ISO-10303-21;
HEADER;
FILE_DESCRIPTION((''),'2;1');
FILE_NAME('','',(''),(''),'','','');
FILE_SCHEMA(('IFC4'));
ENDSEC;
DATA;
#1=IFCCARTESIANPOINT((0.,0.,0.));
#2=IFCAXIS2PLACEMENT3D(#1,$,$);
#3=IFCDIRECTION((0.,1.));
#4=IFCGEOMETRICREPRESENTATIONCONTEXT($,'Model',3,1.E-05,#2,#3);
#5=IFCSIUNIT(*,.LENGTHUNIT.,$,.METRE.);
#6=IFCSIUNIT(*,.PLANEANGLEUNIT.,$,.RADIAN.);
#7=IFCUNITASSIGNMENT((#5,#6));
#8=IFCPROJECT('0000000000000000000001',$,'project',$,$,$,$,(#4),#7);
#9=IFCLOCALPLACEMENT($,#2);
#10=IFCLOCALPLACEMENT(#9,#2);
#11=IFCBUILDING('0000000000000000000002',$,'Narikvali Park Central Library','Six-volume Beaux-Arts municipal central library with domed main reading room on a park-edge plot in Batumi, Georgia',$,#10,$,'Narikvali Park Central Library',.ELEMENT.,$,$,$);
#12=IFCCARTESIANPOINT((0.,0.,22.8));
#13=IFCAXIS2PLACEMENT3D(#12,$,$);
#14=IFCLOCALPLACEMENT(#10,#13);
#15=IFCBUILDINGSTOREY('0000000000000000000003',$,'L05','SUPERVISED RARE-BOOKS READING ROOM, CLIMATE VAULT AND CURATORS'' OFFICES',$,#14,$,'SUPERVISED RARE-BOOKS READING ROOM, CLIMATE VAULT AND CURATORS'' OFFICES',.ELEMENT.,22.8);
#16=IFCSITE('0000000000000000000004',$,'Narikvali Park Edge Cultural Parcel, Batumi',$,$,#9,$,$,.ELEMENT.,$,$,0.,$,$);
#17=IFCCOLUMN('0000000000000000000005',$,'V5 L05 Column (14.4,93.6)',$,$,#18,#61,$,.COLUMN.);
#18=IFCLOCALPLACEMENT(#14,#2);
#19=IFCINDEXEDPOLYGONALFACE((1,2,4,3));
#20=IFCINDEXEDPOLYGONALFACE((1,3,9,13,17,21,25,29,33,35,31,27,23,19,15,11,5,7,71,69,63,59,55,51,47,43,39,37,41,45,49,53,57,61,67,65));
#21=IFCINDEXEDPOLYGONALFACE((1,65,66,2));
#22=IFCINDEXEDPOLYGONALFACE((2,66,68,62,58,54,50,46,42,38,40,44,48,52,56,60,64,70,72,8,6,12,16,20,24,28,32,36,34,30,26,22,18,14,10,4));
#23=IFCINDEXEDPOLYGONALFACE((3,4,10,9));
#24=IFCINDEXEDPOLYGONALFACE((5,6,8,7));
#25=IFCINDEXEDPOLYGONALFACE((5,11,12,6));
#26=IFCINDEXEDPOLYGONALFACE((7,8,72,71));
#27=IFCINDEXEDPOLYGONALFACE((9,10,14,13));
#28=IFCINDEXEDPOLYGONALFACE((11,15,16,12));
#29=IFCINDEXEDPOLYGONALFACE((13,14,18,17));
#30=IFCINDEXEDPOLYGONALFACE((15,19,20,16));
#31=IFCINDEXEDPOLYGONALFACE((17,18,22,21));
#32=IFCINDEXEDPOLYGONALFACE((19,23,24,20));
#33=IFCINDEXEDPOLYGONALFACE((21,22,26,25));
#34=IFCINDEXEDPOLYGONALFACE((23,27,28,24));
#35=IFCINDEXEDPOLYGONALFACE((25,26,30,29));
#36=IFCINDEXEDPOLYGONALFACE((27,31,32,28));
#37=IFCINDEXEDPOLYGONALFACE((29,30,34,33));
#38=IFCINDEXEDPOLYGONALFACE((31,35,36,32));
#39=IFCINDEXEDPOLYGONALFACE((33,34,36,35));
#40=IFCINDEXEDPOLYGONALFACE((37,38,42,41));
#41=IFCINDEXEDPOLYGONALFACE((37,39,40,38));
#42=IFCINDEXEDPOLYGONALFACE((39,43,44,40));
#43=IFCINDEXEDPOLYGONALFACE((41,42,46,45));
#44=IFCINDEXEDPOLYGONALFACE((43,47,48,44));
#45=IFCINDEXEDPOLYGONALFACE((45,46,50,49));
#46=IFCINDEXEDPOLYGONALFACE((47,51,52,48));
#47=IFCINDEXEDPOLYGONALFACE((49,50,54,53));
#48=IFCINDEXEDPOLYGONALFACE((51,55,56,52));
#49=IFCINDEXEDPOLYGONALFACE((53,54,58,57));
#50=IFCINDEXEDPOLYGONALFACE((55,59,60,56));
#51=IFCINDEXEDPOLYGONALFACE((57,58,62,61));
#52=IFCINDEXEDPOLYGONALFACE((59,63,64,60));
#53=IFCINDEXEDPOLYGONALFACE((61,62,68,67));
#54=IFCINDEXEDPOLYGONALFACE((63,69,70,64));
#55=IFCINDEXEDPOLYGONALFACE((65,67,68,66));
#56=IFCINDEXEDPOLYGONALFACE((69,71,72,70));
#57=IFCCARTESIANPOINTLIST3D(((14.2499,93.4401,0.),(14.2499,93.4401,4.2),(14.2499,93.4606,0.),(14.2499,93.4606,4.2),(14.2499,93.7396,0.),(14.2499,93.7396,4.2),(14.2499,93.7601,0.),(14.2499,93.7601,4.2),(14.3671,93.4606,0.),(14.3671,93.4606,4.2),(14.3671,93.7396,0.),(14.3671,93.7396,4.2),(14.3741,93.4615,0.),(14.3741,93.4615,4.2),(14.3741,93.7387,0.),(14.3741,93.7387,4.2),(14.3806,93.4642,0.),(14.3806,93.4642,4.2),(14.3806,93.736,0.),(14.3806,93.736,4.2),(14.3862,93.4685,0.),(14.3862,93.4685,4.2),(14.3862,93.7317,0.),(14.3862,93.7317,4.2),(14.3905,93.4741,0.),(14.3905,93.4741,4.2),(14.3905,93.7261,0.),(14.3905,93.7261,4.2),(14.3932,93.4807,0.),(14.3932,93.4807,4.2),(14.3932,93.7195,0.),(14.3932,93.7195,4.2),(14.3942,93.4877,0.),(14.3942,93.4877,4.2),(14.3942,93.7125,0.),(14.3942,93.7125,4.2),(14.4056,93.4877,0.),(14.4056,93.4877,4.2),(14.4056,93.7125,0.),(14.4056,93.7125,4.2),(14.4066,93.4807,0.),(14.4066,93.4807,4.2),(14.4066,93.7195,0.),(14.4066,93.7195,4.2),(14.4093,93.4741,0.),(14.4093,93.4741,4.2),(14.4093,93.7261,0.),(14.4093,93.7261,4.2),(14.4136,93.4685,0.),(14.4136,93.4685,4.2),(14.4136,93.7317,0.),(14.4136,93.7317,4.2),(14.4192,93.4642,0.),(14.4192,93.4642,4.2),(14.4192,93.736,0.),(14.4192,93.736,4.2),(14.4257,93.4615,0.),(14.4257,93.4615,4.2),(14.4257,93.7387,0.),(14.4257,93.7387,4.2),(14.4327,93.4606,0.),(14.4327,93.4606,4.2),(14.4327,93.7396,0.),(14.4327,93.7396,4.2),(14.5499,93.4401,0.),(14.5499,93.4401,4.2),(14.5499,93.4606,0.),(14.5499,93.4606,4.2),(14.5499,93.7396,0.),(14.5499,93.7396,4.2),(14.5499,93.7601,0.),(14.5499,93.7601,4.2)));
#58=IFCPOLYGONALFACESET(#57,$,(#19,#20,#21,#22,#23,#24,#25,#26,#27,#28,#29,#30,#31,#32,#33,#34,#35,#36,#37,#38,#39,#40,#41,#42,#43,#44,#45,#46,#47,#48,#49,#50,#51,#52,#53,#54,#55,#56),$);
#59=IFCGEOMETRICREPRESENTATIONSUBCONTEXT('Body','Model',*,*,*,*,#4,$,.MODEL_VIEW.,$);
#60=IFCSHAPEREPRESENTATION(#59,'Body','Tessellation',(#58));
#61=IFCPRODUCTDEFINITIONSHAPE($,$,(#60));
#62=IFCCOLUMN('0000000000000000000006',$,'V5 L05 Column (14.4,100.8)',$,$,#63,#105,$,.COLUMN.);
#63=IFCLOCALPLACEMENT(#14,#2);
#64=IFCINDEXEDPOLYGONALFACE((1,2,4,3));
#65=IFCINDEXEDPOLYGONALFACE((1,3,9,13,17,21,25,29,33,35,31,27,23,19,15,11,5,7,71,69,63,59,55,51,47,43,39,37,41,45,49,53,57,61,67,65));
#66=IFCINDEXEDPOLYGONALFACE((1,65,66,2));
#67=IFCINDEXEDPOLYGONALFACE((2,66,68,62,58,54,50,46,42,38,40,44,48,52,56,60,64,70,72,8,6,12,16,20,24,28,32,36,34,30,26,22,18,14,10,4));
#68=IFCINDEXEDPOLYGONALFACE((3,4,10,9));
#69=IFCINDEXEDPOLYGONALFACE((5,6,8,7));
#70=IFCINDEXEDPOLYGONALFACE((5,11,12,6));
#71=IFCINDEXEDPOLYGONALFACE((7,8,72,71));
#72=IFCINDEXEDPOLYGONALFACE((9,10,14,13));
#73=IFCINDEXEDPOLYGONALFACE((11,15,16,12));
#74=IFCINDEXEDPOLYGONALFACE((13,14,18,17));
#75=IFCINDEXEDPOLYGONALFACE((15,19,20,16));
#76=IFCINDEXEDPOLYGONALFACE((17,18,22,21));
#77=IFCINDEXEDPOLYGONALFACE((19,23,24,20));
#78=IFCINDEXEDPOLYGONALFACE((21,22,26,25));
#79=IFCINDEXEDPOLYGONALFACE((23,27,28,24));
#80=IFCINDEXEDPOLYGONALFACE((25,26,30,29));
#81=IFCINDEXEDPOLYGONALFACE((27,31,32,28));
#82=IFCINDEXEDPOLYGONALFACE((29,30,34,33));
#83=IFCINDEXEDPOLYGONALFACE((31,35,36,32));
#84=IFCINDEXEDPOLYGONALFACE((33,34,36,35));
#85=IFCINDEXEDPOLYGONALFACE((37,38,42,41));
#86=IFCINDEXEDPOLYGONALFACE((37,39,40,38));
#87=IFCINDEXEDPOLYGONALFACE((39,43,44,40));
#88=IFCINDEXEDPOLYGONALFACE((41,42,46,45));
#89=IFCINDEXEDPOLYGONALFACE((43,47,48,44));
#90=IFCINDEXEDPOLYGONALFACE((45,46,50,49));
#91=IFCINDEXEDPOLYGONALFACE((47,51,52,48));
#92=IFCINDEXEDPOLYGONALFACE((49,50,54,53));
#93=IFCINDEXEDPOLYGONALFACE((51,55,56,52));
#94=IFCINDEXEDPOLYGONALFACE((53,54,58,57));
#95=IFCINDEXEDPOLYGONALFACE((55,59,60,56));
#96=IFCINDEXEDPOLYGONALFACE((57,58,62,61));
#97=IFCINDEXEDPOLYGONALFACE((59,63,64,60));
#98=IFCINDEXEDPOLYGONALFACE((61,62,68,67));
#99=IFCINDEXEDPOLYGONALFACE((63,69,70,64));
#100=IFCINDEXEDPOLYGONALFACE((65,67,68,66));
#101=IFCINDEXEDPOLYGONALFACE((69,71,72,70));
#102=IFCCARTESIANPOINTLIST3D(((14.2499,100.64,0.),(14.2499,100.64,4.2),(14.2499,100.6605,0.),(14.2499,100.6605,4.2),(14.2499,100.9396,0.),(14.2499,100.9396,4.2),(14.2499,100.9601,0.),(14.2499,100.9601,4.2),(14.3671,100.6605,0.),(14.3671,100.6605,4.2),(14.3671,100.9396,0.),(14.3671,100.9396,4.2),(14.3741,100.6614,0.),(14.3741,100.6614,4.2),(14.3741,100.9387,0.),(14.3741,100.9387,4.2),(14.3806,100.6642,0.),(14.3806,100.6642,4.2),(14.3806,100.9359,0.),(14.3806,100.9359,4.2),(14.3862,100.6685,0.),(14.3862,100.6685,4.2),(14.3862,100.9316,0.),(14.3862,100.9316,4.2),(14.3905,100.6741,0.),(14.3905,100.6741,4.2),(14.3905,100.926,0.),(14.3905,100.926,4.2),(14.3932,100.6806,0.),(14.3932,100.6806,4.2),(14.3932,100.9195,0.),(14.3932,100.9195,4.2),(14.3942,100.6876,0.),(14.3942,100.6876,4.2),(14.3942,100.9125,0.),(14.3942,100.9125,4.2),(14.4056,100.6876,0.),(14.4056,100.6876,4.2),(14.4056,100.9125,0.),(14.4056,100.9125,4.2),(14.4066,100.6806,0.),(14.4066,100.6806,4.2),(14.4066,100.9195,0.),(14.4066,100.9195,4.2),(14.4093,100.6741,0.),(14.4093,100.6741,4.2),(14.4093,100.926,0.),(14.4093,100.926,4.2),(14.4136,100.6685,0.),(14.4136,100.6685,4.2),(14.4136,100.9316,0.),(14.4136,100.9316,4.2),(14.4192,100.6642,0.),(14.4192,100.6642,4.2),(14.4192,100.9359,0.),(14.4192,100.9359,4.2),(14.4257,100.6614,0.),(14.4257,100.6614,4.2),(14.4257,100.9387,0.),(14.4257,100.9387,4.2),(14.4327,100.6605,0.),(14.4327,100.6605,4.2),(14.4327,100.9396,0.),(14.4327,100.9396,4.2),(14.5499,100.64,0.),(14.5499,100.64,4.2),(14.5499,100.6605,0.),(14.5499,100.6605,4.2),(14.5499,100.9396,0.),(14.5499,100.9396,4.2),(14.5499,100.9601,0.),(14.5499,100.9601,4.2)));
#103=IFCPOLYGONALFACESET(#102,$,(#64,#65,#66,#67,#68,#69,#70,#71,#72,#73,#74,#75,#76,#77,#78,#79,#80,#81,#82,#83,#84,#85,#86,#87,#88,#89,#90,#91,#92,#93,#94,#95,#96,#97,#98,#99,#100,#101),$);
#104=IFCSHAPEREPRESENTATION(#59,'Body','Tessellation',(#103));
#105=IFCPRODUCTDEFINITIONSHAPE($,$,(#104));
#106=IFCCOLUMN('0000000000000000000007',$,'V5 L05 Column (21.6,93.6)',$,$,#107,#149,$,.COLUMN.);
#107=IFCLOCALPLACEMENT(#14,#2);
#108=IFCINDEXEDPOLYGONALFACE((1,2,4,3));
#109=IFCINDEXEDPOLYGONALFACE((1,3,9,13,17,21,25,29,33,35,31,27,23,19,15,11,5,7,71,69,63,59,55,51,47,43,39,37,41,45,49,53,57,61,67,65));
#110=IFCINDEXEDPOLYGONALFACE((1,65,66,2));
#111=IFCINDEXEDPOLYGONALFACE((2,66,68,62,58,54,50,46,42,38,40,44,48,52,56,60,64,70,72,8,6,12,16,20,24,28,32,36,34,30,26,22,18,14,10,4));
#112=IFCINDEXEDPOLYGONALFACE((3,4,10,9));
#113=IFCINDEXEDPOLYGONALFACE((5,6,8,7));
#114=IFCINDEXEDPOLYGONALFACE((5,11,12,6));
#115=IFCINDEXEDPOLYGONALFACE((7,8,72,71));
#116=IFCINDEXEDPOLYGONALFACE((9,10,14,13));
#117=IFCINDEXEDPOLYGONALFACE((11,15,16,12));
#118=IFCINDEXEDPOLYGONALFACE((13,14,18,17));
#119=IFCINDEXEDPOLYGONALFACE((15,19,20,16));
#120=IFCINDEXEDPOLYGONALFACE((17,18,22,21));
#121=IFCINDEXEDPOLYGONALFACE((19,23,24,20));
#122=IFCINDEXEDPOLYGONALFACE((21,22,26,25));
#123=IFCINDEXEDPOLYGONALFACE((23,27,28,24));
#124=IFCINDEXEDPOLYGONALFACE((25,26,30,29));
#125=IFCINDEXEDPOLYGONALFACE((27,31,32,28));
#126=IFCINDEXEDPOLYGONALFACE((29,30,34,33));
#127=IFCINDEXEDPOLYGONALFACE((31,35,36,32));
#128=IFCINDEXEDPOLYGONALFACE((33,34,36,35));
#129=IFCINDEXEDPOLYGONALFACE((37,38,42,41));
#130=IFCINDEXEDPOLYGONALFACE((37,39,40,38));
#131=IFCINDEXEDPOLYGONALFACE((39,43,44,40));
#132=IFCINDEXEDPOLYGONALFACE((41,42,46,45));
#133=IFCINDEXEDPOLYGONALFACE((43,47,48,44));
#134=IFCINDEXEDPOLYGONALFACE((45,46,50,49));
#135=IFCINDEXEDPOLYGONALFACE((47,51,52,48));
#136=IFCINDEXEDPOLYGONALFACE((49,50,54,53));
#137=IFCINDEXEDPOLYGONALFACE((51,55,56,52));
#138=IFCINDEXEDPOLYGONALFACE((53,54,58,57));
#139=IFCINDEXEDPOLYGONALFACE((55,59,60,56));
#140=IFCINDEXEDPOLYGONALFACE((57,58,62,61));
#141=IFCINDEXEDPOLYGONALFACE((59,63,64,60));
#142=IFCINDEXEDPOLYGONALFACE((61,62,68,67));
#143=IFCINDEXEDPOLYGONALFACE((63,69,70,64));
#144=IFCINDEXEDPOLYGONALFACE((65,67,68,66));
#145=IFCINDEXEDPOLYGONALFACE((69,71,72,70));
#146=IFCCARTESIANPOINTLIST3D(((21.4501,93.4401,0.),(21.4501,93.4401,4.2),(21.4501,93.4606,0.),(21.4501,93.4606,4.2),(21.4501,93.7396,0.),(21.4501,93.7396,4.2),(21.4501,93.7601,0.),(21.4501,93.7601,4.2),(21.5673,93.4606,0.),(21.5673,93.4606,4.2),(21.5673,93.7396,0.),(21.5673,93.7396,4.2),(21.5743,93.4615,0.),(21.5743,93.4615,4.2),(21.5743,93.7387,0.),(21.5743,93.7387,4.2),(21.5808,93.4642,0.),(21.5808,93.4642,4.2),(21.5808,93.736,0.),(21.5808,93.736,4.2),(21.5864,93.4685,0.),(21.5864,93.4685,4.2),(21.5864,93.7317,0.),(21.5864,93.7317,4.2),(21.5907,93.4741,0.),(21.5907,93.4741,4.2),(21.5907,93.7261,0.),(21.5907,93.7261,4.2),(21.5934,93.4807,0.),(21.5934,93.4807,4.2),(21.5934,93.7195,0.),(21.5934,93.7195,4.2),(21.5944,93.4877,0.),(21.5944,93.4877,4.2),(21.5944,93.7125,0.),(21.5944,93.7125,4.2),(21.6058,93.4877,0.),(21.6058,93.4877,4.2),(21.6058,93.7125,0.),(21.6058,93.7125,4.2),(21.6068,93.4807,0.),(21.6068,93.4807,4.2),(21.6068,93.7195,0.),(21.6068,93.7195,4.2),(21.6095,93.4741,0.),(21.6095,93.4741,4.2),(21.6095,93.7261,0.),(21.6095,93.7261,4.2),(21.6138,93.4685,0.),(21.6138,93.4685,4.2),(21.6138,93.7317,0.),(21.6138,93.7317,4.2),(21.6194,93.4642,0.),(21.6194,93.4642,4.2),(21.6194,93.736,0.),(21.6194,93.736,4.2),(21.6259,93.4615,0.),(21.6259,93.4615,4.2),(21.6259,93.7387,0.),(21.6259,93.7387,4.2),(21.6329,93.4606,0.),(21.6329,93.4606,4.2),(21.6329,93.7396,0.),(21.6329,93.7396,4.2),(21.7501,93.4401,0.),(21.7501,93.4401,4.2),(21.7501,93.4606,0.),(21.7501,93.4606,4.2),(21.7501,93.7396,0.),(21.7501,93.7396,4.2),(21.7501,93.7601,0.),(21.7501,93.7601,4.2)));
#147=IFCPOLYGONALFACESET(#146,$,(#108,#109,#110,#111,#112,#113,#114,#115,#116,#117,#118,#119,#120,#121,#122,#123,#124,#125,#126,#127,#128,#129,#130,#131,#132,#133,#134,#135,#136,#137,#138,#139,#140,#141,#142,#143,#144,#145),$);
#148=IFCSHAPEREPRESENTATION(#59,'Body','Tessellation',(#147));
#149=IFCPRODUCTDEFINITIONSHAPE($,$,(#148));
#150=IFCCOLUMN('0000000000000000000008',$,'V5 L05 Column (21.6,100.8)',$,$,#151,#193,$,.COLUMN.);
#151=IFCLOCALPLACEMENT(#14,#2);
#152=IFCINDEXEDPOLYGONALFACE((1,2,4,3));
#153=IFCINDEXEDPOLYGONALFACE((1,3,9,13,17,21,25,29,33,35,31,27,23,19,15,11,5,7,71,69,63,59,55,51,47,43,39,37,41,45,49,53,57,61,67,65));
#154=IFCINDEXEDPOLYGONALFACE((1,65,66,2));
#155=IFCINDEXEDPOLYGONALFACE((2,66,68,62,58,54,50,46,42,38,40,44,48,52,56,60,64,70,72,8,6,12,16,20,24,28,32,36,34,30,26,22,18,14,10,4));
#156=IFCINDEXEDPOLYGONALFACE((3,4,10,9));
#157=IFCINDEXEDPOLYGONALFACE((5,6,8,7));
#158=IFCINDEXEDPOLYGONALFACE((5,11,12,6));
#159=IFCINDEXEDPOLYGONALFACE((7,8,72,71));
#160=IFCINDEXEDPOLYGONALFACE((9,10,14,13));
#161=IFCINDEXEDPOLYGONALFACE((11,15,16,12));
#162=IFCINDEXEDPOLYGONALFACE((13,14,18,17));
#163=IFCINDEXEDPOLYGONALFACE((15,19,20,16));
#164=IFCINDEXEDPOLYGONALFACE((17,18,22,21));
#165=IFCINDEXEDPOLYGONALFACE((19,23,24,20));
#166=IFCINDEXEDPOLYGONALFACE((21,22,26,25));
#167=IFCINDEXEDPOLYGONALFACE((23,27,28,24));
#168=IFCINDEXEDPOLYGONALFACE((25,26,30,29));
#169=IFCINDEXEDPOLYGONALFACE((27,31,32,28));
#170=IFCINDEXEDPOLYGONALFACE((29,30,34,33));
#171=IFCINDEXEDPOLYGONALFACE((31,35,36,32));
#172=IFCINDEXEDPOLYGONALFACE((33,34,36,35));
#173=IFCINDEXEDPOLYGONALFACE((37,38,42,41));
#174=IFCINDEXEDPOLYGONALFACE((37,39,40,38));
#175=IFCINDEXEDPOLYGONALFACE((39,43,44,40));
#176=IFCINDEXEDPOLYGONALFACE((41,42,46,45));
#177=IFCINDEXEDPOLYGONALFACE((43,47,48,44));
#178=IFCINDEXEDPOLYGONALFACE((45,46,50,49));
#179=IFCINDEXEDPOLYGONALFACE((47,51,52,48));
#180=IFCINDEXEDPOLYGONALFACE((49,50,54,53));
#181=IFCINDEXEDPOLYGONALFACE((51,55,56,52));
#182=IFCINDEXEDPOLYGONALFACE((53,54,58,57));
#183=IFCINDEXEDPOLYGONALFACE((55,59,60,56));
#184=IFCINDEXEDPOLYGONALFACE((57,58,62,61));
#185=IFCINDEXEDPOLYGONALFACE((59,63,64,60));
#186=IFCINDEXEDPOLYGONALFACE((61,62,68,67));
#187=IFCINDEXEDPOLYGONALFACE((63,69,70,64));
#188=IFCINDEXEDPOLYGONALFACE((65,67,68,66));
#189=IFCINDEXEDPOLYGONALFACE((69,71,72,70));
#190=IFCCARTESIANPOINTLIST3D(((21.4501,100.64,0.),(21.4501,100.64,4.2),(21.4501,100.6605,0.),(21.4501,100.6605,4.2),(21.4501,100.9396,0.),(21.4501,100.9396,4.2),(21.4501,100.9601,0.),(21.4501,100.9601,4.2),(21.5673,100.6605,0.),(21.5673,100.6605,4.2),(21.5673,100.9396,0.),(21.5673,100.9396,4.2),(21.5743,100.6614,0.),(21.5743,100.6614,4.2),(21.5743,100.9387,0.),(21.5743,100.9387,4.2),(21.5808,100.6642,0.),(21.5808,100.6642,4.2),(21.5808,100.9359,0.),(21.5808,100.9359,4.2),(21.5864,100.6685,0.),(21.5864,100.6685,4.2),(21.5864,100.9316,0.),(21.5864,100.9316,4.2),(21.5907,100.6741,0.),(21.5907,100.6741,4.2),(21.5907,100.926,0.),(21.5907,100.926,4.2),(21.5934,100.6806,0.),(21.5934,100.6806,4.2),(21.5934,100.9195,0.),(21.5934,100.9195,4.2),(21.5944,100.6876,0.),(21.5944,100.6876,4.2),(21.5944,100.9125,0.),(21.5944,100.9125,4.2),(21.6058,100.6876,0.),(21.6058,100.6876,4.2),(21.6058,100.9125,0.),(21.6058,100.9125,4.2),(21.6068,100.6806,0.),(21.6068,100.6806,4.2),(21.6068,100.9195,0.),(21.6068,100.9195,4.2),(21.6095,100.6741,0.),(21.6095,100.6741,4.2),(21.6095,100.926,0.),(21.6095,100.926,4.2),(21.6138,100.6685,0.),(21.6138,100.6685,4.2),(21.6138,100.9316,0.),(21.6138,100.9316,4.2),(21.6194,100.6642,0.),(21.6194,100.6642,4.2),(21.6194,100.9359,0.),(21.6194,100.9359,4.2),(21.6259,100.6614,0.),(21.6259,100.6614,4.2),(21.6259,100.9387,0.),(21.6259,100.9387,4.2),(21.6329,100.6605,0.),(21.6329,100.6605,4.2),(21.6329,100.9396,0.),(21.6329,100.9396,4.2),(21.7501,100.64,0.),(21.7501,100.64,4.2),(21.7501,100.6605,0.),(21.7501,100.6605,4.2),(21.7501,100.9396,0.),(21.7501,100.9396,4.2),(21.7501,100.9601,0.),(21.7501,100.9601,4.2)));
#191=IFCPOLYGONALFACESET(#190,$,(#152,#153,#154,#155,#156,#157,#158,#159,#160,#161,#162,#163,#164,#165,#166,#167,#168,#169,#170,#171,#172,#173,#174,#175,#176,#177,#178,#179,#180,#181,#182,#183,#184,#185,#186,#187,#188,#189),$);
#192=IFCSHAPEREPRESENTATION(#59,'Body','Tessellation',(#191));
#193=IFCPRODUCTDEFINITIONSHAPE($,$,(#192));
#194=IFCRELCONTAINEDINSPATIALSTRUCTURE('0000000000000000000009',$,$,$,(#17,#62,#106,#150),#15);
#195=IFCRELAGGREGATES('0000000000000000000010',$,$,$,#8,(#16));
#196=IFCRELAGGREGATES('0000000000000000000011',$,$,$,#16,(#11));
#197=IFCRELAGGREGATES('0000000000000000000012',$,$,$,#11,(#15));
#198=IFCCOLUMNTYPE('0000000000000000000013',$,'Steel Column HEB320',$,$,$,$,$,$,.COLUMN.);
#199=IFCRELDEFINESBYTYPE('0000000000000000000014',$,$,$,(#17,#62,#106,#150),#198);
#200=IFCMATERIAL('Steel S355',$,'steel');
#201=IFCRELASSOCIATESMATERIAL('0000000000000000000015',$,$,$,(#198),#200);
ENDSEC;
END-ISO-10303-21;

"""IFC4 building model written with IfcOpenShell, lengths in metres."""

from ifc_helpers import new_model, si_unit, direction, frame, origin, origin_2d, place, context, subcontext, project, spatial, i_section, extrude, material, material_profile, profile_set, type_object, element, save


model = new_model("IFC4")

# Units and contexts
model_context = context("Model", 3, precision=1e-05, world=origin(), true_north=direction((0.0, 1.0)))
body_context = subcontext(model_context, "Body", "Model", "MODEL_VIEW")
ifc_project = project(units=[si_unit("LENGTHUNIT", "METRE"), si_unit("PLANEANGLEUNIT", "RADIAN")], contexts=[model_context])

# Site, building, storey
site_placement = place(None, origin())
site = spatial("IfcSite", under=ifc_project, at=site_placement, Name="Narikvali Park Edge Cultural Parcel, Batumi", CompositionType="ELEMENT", RefElevation=0.0)
building_placement = place(site_placement, origin())
building = spatial("IfcBuilding", under=site, at=building_placement, Name="Narikvali Park Central Library", Description="Six-volume Beaux-Arts municipal central library with domed main reading room on a park-edge plot in Batumi, Georgia", LongName="Narikvali Park Central Library", CompositionType="ELEMENT")
storey_placement = place(building_placement, frame((0.0, 0.0, 22.8)))
storey = spatial("IfcBuildingStorey", under=building, at=storey_placement, Name="L05", Description="SUPERVISED RARE-BOOKS READING ROOM, CLIMATE VAULT AND CURATORS' OFFICES", LongName="SUPERVISED RARE-BOOKS READING ROOM, CLIMATE VAULT AND CURATORS' OFFICES", CompositionType="ELEMENT", Elevation=22.8)

# Columns
ifc_material_1 = material(Name="Steel S355", Category="steel")
ifc_material_profile_1 = material_profile(ifc_material_1, i_section(OverallWidth=0.3, OverallDepth=0.3201, WebThickness=0.0115, FlangeThickness=0.0205, FilletRadius=0.0271, at=origin_2d()), Name="HEB 320")
ifc_profile_set_1 = profile_set([ifc_material_profile_1], Name="Steel S355")
column_type = type_object("IfcColumnType", Name="Steel Column HEB320", PredefinedType="COLUMN", material=ifc_profile_set_1)
for number, where, z_axis, x_axis, name in (
    (1, (14.3999, 93.6001, 0.0), (0.0, 0.0, 1.0), (1.0, 0.0, 0.0), "V5 L05 Column (14.4,93.6)"),
    (2, (14.3999, 100.8, 0.0), (0.0, 0.0, 1.0), (1.0, 0.0, 0.0), "V5 L05 Column (14.4,100.8)"),
    (3, (21.6001, 93.6001, 0.0), (0.0, 0.0, 1.0), (1.0, 0.0, 0.0), "V5 L05 Column (21.6,93.6)"),
    (4, (21.6001, 100.8, 0.0), (0.0, 0.0, 1.0), (1.0, 0.0, 0.0), "V5 L05 Column (21.6,100.8)"),
):
    element("IfcColumn", number, at=place(storey_placement, frame(where, z_axis=z_axis, x_axis=x_axis)), inside=storey, type_object=column_type, Name=name, PredefinedType="COLUMN", context=body_context, shape_type="SweptSolid", body=[
        extrude(i_section(OverallWidth=0.3, OverallDepth=0.3201, WebThickness=0.0115, FlangeThickness=0.0205, FilletRadius=0.0271, at=origin_2d()), origin(), (0.0, 0.0, 1.0), 4.2),
    ])

save(model, "model.ifc")
